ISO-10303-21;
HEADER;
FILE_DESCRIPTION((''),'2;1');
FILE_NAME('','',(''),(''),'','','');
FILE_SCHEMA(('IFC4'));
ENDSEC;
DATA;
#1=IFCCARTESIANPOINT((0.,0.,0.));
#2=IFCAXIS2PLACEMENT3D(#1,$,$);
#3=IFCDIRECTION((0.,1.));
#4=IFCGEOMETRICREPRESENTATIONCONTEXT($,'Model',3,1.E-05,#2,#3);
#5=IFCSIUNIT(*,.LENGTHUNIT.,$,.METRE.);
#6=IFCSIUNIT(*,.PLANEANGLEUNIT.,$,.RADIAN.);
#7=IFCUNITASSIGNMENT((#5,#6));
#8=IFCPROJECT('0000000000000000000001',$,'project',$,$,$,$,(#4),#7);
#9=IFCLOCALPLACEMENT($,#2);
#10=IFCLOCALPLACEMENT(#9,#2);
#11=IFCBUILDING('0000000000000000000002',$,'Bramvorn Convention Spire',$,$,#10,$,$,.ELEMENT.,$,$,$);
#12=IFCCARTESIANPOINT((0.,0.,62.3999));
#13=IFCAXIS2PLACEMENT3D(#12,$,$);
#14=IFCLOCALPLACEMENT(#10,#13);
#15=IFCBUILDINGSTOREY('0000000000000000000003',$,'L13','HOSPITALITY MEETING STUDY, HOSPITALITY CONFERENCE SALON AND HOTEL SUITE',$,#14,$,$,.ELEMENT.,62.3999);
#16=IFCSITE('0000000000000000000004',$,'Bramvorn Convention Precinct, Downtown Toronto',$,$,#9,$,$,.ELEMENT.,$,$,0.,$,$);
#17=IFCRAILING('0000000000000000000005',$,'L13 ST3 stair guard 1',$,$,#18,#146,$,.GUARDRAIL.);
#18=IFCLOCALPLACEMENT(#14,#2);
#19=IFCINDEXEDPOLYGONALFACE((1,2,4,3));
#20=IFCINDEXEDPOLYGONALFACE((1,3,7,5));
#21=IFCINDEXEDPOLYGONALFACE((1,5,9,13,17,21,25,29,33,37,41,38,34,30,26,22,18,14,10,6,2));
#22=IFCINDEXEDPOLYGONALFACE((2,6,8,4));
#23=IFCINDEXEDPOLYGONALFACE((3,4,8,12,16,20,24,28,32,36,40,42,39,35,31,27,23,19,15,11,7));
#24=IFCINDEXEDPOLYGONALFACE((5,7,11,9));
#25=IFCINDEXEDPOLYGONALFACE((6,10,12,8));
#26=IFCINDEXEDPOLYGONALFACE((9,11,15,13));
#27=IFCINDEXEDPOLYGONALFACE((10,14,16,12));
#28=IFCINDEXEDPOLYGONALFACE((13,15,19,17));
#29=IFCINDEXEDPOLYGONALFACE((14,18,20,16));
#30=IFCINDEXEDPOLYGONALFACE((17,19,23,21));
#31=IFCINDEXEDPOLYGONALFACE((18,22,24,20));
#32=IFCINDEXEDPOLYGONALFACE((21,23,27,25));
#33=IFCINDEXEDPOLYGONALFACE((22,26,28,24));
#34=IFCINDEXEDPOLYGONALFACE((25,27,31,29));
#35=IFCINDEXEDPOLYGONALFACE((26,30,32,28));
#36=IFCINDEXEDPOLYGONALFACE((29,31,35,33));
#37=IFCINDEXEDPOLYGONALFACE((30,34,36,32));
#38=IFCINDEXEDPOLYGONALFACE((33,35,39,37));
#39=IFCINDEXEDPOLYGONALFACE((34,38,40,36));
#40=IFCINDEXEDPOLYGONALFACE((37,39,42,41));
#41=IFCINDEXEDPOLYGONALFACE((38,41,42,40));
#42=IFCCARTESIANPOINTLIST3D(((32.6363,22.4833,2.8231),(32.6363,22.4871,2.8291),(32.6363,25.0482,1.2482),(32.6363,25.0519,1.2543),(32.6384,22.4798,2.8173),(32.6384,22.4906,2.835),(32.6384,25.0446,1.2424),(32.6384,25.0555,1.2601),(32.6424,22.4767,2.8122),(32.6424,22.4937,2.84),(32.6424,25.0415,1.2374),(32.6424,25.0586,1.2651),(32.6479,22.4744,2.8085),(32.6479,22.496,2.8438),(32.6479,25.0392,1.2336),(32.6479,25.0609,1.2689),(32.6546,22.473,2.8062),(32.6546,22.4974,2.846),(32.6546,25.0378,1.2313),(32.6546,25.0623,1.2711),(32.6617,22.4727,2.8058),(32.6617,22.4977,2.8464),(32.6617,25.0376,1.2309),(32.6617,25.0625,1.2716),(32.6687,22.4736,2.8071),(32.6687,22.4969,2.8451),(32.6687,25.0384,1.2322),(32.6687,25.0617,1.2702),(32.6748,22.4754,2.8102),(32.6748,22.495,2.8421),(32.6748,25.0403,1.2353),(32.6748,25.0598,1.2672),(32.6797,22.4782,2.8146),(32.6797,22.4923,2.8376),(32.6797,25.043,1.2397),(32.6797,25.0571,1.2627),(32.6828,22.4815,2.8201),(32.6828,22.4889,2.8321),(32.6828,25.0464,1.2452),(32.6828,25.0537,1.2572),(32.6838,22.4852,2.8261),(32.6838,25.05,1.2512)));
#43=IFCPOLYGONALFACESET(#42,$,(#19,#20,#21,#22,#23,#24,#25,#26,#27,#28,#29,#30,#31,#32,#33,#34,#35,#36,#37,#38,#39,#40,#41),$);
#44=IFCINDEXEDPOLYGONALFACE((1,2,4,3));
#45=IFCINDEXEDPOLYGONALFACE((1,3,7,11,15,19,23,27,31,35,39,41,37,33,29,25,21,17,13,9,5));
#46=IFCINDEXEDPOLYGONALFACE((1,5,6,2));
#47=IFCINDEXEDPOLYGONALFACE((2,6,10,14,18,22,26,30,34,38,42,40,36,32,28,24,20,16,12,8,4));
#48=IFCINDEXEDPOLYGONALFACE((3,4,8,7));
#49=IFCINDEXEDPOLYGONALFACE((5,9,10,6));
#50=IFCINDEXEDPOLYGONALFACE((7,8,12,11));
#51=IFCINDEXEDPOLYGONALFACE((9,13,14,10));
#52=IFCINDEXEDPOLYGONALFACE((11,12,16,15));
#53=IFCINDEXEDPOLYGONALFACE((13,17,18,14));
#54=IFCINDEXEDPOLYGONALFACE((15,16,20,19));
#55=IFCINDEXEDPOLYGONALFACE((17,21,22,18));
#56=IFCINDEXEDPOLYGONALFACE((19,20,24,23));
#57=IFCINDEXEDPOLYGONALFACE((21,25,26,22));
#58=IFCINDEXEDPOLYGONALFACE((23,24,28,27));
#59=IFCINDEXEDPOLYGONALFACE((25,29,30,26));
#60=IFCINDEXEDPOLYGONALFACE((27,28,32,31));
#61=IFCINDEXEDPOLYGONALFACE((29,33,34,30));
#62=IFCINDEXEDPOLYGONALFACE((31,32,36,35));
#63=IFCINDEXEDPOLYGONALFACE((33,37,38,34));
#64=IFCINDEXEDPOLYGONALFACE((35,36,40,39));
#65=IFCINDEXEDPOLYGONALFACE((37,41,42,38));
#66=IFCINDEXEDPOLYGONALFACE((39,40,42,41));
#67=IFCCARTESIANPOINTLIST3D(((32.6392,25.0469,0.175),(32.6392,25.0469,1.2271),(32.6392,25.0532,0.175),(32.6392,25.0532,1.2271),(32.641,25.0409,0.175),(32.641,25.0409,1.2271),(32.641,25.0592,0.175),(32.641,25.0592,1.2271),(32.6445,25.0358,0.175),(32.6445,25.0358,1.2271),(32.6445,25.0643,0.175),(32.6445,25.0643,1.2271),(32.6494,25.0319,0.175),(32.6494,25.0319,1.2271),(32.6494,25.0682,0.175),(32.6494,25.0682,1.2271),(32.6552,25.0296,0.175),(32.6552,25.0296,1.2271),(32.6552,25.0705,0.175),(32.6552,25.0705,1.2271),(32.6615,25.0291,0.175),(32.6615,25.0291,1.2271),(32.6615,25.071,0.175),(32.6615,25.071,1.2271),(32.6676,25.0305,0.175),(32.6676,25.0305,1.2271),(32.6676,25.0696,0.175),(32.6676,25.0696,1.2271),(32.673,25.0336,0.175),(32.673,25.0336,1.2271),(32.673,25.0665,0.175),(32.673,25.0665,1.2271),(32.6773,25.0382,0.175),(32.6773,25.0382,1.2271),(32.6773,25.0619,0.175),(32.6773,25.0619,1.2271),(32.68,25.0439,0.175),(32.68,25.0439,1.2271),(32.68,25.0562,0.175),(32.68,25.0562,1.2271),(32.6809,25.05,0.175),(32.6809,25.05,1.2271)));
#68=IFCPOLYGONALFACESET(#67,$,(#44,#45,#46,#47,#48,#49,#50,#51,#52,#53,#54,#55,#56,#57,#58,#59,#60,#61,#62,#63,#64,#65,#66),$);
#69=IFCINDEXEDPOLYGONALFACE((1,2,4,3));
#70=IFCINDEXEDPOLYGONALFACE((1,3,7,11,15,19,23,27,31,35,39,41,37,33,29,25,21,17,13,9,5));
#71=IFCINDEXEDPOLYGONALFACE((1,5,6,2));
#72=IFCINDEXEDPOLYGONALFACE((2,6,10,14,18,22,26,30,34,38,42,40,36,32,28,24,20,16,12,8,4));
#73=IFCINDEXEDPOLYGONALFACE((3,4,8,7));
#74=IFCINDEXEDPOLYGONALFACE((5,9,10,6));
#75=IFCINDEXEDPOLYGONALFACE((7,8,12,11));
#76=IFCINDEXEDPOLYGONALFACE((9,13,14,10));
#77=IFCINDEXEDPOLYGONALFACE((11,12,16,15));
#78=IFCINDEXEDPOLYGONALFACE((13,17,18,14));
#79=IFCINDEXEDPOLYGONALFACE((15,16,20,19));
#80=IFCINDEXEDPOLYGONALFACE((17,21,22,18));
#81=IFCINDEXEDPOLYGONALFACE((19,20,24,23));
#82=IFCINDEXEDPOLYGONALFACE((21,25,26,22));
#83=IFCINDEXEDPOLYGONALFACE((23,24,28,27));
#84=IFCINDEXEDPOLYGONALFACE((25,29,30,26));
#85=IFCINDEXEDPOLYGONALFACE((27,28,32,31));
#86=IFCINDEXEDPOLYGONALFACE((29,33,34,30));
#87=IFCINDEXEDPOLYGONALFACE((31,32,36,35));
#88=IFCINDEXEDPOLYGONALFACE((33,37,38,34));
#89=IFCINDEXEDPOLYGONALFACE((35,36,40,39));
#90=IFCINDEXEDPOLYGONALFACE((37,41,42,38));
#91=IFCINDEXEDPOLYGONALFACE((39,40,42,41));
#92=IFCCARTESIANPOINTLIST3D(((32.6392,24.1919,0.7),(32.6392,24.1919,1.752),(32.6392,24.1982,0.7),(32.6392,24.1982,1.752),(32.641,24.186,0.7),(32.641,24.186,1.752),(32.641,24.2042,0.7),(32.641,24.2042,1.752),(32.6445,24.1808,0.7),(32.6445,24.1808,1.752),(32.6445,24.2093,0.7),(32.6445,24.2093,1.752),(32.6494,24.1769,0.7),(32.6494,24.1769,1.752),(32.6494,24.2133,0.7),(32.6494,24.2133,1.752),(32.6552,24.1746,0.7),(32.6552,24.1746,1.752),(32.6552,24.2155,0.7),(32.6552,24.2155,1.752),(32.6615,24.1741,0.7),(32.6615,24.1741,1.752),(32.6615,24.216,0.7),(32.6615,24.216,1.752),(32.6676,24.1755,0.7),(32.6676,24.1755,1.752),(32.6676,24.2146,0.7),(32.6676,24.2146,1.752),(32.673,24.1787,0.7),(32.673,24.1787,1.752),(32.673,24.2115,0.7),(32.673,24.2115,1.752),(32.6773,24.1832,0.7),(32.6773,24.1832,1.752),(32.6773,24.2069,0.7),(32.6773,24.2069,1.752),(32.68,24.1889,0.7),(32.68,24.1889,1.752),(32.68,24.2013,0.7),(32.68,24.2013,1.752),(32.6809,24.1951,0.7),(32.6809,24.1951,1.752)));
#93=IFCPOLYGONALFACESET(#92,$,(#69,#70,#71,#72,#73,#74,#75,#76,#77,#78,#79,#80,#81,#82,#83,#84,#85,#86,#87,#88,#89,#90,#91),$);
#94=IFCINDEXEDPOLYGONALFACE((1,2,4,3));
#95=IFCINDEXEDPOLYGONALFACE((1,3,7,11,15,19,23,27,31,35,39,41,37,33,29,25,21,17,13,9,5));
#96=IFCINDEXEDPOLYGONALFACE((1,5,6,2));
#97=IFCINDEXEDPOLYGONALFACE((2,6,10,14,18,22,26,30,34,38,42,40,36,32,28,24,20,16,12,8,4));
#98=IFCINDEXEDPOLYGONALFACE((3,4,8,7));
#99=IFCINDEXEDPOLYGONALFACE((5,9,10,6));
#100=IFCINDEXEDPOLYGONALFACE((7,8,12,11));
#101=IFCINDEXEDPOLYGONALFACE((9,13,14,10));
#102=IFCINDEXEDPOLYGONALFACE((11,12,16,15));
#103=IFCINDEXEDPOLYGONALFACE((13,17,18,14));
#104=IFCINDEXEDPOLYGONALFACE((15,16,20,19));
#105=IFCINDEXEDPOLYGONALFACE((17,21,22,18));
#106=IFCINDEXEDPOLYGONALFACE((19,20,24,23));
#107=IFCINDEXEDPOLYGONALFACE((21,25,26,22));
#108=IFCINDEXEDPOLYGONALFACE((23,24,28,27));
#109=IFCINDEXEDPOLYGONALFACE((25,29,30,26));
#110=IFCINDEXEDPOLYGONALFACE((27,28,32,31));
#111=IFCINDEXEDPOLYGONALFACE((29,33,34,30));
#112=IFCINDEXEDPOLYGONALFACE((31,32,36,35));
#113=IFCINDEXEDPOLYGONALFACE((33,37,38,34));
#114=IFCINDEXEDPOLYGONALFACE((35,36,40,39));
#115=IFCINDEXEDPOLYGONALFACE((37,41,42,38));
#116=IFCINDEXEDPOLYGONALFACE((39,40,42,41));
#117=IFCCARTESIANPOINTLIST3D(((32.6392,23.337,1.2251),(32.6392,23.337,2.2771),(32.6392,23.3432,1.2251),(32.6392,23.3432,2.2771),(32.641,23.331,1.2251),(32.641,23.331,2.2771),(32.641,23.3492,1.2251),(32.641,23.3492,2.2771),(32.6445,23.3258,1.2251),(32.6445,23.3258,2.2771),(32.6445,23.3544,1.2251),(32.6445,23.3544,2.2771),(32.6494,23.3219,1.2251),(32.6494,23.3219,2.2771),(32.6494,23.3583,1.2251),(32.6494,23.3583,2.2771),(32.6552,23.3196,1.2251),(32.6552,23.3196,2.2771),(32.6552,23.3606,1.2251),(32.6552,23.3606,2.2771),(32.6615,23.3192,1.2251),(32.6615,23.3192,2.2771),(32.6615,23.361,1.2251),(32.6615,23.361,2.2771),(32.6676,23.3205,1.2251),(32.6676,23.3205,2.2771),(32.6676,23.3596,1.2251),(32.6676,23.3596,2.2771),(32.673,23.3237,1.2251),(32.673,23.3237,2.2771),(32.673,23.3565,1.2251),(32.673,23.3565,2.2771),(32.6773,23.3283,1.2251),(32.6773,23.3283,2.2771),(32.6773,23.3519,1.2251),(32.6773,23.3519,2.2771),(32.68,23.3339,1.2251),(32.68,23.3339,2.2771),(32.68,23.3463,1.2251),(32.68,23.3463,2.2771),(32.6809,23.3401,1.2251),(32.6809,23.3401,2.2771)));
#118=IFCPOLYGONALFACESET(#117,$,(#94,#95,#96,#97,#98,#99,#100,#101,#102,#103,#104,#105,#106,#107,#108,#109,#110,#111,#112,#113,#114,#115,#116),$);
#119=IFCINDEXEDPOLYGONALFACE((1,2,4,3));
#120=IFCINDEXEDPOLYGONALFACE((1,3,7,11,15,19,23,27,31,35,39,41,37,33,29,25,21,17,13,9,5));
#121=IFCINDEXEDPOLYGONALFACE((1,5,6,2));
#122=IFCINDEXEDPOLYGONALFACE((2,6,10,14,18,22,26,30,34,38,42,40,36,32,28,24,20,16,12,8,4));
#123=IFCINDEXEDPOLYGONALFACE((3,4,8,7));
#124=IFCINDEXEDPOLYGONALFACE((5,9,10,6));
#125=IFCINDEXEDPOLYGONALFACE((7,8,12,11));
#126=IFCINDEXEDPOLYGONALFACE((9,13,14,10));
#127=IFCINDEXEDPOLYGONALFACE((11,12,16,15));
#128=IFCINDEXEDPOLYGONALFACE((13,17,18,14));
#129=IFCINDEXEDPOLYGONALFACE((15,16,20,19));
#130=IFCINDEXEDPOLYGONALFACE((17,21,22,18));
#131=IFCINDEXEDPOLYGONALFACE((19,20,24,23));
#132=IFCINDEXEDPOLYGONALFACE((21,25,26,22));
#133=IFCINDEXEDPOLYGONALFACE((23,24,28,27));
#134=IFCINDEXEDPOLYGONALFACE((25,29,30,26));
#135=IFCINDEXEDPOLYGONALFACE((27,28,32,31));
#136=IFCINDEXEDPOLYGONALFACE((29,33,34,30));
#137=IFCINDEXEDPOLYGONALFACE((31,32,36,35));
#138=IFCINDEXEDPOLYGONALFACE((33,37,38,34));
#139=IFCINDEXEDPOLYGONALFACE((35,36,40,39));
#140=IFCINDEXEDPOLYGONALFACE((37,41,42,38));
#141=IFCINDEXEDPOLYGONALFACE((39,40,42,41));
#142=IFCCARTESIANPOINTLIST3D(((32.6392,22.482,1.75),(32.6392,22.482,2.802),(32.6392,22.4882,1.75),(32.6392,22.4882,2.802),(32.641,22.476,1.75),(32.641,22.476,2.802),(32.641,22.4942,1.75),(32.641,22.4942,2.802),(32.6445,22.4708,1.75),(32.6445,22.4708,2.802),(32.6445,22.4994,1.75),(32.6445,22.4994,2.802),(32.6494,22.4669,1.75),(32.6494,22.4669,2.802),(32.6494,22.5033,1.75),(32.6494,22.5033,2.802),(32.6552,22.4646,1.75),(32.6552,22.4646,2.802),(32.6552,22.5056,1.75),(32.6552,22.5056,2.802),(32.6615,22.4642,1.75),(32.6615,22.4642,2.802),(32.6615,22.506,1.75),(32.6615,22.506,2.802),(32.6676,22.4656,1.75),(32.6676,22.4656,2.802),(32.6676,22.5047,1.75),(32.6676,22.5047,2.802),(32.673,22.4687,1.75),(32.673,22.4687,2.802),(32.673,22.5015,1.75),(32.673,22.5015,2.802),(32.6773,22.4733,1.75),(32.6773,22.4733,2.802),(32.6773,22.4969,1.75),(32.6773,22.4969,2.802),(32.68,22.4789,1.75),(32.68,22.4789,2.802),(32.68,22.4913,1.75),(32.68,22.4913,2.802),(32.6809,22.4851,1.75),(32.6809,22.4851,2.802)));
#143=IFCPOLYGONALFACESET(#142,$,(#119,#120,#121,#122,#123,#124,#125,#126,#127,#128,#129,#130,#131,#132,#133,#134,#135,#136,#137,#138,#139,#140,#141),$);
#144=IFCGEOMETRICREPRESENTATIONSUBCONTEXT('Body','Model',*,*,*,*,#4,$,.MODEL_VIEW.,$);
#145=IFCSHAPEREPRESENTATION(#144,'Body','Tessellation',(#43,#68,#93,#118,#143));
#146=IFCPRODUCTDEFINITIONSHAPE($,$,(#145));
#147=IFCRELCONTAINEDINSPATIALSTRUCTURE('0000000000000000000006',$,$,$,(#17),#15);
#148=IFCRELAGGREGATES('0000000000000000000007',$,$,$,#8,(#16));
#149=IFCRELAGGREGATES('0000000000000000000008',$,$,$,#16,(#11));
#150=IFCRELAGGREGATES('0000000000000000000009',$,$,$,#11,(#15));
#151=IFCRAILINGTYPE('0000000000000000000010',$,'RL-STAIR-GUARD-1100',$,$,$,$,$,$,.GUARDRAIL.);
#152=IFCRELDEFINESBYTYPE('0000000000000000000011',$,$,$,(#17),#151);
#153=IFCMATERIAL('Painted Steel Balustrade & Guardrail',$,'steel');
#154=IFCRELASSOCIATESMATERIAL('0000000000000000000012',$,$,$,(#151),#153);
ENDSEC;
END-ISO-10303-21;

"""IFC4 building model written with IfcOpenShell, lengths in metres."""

from ifc_helpers import new_model, si_unit, direction, frame, origin, origin_2d, place, context, subcontext, project, spatial, circle, extrude, material, type_object, element, save


model = new_model("IFC4")

# Units and contexts
model_context = context("Model", 3, precision=1e-05, world=origin(), true_north=direction((0.0, 1.0)))
body_context = subcontext(model_context, "Body", "Model", "MODEL_VIEW")
ifc_project = project(units=[si_unit("LENGTHUNIT", "METRE"), si_unit("PLANEANGLEUNIT", "RADIAN")], contexts=[model_context])

# Site, building, storey
site_placement = place(None, origin())
site = spatial("IfcSite", under=ifc_project, at=site_placement, Name="Bramvorn Convention Precinct, Downtown Toronto", CompositionType="ELEMENT", RefElevation=0.0)
building_placement = place(site_placement, origin())
building = spatial("IfcBuilding", under=site, at=building_placement, Name="Bramvorn Convention Spire", CompositionType="ELEMENT")
storey_placement = place(building_placement, frame((0.0, 0.0, 62.3999)))
storey = spatial("IfcBuildingStorey", under=building, at=storey_placement, Name="L13", Description="HOSPITALITY MEETING STUDY, HOSPITALITY CONFERENCE SALON AND HOTEL SUITE", CompositionType="ELEMENT", Elevation=62.3999)

# Railing
ifc_material_1 = material(Name="Painted Steel Balustrade & Guardrail", Category="steel")
railing_type_1 = type_object("IfcRailingType", Name="RL-STAIR-GUARD-1100", PredefinedType="GUARDRAIL", material=ifc_material_1)
railing_1_placement = place(storey_placement, frame((32.6599, 25.05, 0.175)))
element("IfcRailing", 1, at=railing_1_placement, inside=storey, type_object=railing_type_1, Name="L13 ST3 stair guard 1", PredefinedType="GUARDRAIL", context=body_context, shape_type="SweptSolid", body=[
    extrude(circle(Radius=0.0239, at=origin_2d()), frame((0.0, 0.0, 1.0762), z_axis=(0.0, -0.852173, 0.52326), x_axis=(1.0, 0.0, 0.0)), (0.0, 0.0, 1.0), 3.0098),
    extrude(circle(Radius=0.021, at=origin_2d()), origin(), (0.0, 0.0, 1.0), 1.052),
    extrude(circle(Radius=0.021, at=origin_2d()), frame((0.0, -0.855, 0.5249)), (0.0, 0.0, 1.0), 1.052),
    extrude(circle(Radius=0.021, at=origin_2d()), frame((0.0, -1.71, 1.05)), (0.0, 0.0, 1.0), 1.052),
    extrude(circle(Radius=0.021, at=origin_2d()), frame((0.0, -2.5649, 1.575)), (0.0, 0.0, 1.0), 1.052),
])

save(model, "model.ifc")
